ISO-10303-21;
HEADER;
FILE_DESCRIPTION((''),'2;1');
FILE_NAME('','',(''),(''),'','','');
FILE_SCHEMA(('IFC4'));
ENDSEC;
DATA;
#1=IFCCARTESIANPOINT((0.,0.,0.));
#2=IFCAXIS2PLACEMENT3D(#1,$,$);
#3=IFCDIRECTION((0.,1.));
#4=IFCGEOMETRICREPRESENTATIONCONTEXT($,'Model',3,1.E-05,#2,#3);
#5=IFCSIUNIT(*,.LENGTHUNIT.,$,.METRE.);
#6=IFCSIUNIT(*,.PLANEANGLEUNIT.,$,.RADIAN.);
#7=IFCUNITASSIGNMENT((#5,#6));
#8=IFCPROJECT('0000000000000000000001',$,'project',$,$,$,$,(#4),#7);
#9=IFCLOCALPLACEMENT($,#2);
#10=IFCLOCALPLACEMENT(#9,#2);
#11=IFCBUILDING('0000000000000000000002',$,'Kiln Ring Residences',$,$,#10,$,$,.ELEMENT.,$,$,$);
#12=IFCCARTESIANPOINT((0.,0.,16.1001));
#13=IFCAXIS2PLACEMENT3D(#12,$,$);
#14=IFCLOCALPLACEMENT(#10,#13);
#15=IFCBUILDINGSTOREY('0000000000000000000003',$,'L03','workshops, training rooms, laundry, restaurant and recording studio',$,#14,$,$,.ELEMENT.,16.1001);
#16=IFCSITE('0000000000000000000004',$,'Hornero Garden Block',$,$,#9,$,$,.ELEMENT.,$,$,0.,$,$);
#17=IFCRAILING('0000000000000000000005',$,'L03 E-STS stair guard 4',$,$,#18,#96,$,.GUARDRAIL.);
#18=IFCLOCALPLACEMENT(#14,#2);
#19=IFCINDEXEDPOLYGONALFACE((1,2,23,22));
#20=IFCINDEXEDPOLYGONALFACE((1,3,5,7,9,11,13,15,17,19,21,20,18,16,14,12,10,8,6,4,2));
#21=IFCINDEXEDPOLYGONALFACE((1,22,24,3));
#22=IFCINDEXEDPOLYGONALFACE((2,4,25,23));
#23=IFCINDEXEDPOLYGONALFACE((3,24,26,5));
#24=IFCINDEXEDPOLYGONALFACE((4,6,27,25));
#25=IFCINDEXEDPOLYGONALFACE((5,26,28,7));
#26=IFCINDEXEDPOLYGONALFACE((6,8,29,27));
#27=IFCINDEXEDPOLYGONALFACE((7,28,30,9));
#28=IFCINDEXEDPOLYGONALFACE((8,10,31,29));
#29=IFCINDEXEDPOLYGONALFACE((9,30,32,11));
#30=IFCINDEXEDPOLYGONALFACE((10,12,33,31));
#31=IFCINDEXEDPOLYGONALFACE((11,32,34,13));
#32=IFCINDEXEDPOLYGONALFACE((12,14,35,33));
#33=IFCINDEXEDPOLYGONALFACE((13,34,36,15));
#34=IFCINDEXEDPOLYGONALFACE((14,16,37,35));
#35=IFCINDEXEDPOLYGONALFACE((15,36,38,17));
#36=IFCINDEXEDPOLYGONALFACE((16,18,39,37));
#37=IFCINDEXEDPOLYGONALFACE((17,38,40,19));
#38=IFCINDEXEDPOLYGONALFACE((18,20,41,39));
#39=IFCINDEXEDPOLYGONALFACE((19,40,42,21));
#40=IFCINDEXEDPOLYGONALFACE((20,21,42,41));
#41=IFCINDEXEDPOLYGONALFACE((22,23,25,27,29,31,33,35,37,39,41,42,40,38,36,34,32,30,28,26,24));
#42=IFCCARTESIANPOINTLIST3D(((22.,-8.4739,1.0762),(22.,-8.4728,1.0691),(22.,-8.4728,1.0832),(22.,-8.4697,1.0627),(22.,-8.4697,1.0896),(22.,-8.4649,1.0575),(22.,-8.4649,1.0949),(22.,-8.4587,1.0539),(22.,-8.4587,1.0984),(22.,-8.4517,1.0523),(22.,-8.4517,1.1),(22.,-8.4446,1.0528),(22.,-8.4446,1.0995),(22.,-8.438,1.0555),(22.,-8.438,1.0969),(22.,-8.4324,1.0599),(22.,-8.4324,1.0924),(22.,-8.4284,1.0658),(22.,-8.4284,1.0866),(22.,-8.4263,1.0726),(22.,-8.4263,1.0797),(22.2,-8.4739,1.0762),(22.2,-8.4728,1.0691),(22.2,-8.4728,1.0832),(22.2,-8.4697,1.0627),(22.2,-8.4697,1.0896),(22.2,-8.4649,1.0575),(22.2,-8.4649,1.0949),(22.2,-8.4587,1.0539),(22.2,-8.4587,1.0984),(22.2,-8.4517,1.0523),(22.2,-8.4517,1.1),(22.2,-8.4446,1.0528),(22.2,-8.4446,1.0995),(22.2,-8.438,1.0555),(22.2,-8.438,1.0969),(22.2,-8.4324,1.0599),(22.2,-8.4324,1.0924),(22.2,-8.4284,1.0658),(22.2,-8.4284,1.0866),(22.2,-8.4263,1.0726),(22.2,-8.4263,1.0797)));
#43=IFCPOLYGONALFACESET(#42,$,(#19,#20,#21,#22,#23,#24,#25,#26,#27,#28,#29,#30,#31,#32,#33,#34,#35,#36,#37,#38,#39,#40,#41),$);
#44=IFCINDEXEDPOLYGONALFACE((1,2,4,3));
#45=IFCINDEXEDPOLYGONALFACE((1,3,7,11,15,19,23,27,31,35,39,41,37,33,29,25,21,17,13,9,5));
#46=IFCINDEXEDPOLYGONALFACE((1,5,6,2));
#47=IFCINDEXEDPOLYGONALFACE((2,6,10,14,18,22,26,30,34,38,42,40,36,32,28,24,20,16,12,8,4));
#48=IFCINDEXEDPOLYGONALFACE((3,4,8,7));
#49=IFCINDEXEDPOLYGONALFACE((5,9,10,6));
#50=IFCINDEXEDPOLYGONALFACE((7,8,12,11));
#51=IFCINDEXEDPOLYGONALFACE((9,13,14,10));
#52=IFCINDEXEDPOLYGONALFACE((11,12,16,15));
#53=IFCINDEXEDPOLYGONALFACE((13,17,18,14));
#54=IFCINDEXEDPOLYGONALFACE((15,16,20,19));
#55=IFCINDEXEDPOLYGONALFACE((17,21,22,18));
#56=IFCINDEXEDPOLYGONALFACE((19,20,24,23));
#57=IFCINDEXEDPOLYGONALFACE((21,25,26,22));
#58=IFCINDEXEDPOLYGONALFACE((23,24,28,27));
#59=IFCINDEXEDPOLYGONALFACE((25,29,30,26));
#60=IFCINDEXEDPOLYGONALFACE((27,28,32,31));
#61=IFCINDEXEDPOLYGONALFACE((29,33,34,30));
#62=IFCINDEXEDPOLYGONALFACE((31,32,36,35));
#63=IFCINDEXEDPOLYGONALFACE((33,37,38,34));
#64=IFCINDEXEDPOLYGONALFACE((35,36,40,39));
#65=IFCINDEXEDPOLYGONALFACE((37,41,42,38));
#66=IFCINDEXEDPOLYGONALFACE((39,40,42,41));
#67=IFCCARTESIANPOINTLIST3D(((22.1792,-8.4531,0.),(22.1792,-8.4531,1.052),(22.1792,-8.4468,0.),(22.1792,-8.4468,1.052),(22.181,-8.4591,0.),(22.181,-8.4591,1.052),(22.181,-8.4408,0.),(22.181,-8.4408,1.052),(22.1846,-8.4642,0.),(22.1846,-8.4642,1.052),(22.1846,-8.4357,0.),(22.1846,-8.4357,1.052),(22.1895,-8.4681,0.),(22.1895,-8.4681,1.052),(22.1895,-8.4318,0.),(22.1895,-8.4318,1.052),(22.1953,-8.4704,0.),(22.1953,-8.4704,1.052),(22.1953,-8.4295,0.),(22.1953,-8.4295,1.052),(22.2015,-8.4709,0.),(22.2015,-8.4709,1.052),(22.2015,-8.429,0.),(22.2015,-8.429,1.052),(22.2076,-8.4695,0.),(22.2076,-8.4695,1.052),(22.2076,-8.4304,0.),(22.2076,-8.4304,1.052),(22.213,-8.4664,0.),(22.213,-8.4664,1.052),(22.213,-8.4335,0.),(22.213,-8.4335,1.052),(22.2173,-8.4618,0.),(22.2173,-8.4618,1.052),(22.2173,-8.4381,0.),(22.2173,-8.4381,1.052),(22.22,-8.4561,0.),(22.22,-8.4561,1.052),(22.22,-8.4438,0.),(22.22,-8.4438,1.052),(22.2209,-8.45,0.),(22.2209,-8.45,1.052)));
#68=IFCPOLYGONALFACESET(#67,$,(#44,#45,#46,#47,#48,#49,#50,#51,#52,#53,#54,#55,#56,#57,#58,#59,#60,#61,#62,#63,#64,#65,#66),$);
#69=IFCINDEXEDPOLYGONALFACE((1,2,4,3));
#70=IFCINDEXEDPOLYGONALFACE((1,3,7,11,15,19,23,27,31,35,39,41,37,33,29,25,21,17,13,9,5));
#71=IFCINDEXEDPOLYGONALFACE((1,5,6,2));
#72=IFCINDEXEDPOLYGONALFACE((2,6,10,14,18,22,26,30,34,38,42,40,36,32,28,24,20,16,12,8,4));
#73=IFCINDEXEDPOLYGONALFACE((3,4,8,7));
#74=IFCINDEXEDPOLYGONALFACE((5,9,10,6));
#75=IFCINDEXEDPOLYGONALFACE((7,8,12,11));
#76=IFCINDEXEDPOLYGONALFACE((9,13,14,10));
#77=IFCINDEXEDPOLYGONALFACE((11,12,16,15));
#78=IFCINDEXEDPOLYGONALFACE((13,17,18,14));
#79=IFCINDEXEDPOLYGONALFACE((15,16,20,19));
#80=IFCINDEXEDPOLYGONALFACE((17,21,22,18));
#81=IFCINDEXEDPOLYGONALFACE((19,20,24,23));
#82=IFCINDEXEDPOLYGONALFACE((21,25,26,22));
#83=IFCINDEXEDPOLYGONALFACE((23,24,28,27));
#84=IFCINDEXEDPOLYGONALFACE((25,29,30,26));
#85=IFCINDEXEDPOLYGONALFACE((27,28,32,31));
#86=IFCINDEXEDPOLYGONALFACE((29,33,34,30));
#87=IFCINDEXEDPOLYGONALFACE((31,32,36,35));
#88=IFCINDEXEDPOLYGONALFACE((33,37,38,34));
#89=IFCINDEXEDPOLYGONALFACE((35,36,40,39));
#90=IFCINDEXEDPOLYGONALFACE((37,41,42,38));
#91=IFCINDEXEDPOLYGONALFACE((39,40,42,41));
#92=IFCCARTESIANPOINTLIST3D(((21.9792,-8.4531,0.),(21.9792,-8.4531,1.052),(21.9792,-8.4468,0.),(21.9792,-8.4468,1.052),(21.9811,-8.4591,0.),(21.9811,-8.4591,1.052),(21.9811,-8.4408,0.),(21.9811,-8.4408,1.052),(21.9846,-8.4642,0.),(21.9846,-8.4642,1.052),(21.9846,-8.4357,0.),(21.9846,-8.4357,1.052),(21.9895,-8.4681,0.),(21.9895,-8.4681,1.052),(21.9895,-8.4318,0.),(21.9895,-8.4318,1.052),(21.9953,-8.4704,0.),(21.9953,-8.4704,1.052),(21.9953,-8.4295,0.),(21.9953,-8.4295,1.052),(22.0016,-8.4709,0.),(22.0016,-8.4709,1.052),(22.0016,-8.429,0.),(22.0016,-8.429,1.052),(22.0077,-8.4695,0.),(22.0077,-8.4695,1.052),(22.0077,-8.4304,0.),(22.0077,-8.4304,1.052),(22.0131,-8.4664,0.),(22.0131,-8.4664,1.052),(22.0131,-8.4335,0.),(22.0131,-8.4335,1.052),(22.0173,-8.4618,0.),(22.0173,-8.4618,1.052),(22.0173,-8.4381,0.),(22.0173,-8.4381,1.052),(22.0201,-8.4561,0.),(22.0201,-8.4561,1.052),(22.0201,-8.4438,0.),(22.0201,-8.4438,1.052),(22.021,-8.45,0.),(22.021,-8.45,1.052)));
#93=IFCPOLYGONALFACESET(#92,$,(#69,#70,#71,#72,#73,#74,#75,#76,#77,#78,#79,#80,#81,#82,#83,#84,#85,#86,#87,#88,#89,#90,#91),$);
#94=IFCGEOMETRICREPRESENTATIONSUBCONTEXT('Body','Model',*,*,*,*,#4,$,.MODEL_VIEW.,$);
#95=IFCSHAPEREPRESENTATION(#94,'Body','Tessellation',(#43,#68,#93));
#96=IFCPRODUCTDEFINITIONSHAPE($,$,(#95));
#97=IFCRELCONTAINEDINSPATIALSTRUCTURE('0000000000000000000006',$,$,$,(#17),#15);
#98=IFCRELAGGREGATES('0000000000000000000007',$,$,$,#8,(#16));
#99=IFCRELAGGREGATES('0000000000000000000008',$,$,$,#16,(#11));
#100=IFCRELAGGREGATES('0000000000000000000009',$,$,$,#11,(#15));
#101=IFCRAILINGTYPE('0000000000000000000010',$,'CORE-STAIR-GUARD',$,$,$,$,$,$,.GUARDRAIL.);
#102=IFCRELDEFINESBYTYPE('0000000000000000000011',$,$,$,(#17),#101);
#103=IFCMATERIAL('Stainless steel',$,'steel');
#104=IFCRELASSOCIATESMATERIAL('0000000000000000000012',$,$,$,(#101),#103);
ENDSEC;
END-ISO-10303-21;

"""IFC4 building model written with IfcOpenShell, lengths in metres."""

from ifc_helpers import new_model, si_unit, direction, frame, origin, origin_2d, place, context, subcontext, project, spatial, circle, extrude, material, type_object, element, save


model = new_model("IFC4")

# Units and contexts
model_context = context("Model", 3, precision=1e-05, world=origin(), true_north=direction((0.0, 1.0)))
body_context = subcontext(model_context, "Body", "Model", "MODEL_VIEW")
ifc_project = project(units=[si_unit("LENGTHUNIT", "METRE"), si_unit("PLANEANGLEUNIT", "RADIAN")], contexts=[model_context])

# Site, building, storey
site_placement = place(None, origin())
site = spatial("IfcSite", under=ifc_project, at=site_placement, Name="Hornero Garden Block", CompositionType="ELEMENT", RefElevation=0.0)
building_placement = place(site_placement, origin())
building = spatial("IfcBuilding", under=site, at=building_placement, Name="Kiln Ring Residences", CompositionType="ELEMENT")
storey_placement = place(building_placement, frame((0.0, 0.0, 16.1001)))
storey = spatial("IfcBuildingStorey", under=building, at=storey_placement, Name="L03", Description="workshops, training rooms, laundry, restaurant and recording studio", CompositionType="ELEMENT", Elevation=16.1001)

# Railing
ifc_material_1 = material(Name="Stainless steel", Category="steel")
railing_type_1 = type_object("IfcRailingType", Name="CORE-STAIR-GUARD", PredefinedType="GUARDRAIL", material=ifc_material_1)
railing_1_placement = place(storey_placement, frame((22.2, -8.45, 0.0)))
element("IfcRailing", 1, at=railing_1_placement, inside=storey, type_object=railing_type_1, Name="L03 E-STS stair guard 4", PredefinedType="GUARDRAIL", context=body_context, shape_type="SweptSolid", body=[
    extrude(circle(Radius=0.0239, at=origin_2d()), frame((0.0, 0.0, 1.0762), z_axis=(-1.0, 0.0, 0.0), x_axis=(0.0, -1.0, 0.0)), (0.0, 0.0, 1.0), 0.2),
    extrude(circle(Radius=0.021, at=origin_2d()), origin(), (0.0, 0.0, 1.0), 1.052),
    extrude(circle(Radius=0.021, at=origin_2d()), frame((-0.2, 0.0, 0.0)), (0.0, 0.0, 1.0), 1.052),
])

save(model, "model.ifc")
